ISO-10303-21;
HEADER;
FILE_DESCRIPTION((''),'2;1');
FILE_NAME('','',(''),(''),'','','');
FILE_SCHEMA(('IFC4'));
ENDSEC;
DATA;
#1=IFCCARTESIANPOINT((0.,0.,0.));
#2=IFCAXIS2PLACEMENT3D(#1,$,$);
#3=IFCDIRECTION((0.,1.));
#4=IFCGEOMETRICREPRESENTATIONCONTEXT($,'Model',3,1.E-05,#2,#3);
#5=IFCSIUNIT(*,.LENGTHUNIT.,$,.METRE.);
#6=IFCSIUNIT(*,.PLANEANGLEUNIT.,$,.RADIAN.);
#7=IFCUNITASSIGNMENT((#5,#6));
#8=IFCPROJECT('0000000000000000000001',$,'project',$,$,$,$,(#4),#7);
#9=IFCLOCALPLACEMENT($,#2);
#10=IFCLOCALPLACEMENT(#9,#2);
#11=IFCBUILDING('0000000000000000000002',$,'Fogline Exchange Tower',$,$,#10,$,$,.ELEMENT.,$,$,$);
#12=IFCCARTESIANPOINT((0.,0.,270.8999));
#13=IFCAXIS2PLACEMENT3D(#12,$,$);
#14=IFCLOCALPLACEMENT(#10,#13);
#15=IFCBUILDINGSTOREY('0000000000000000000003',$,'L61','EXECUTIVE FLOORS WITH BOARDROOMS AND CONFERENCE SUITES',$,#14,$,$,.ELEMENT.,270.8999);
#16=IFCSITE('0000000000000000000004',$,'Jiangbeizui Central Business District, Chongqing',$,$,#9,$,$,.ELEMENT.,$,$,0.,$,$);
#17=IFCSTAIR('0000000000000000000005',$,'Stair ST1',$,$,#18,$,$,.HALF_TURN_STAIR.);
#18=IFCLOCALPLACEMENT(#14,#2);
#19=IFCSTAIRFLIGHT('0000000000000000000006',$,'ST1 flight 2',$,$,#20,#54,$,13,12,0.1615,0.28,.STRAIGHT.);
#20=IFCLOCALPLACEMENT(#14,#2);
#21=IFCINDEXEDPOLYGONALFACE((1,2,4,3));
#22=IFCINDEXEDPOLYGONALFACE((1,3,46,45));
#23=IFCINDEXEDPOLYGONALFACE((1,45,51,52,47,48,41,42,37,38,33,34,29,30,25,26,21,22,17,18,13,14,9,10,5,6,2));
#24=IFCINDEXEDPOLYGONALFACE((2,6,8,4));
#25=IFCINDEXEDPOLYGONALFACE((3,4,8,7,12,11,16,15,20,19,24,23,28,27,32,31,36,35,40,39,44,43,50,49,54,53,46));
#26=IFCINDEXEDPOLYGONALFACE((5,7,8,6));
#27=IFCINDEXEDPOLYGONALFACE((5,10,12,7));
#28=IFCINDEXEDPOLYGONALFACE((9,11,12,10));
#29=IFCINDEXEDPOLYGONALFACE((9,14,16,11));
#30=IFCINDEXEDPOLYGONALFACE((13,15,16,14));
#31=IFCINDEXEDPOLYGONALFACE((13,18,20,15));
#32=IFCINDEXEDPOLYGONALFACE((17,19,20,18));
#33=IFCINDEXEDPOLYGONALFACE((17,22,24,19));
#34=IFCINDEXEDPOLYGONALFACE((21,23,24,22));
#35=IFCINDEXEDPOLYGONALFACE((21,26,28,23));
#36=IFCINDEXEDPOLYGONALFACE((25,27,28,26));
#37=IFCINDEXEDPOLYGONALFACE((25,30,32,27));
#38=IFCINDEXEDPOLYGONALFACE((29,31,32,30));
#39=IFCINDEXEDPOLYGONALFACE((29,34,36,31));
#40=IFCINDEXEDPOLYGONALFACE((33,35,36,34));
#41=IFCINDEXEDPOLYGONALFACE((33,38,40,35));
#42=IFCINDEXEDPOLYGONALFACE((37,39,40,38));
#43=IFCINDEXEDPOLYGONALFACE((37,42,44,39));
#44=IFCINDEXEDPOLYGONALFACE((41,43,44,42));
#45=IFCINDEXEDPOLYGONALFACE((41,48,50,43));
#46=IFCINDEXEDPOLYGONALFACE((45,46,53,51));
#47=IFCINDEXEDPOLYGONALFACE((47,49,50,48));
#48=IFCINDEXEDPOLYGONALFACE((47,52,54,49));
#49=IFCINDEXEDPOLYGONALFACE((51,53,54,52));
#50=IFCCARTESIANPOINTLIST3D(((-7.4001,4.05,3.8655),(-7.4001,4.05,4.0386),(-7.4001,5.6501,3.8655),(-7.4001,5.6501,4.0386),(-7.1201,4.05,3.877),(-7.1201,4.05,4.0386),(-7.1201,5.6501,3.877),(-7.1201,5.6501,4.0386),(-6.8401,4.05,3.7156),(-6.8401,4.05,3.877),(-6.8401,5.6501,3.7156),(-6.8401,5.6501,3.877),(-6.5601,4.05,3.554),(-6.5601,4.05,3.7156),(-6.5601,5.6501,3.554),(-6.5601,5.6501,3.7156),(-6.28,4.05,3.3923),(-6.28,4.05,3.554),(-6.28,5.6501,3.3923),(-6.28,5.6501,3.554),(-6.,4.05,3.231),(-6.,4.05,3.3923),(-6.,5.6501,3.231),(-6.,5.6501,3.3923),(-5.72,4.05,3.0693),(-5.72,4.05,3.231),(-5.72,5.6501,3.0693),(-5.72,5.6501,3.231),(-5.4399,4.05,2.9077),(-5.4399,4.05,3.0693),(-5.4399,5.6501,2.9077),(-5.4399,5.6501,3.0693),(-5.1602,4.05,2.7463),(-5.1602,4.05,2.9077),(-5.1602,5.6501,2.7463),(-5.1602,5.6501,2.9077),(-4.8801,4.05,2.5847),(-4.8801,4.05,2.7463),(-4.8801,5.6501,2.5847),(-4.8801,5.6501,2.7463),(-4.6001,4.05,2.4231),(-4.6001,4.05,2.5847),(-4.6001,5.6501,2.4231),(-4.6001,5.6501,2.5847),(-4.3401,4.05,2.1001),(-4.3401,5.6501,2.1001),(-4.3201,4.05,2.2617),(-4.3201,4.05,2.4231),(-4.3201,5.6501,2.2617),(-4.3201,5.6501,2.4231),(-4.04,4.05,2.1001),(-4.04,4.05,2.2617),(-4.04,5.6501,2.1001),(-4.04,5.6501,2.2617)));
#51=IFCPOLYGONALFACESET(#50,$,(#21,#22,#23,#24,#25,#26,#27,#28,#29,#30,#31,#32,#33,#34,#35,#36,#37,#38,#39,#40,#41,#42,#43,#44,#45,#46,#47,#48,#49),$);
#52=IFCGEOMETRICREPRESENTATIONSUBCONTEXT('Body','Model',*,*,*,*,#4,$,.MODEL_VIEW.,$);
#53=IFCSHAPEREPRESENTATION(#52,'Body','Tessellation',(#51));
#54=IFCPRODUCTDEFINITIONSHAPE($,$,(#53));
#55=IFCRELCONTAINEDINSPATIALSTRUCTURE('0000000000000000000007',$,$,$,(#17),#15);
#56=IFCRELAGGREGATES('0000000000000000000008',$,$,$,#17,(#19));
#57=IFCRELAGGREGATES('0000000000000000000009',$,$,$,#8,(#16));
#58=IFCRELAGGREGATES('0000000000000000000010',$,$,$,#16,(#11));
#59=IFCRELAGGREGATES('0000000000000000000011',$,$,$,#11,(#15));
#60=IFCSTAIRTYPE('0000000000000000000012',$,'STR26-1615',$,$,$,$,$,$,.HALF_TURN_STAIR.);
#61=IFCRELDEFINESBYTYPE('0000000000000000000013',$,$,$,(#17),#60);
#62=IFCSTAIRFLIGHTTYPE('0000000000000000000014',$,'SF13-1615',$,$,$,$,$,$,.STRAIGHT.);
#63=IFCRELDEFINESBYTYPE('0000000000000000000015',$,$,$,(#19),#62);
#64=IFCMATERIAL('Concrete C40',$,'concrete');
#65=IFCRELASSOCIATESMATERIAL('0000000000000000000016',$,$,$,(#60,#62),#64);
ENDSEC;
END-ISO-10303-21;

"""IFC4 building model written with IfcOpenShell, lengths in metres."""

from ifc_helpers import new_model, si_unit, direction, frame, origin, place, context, subcontext, project, spatial, polyline, outline, extrude, material, type_object, element, aggregate, save


model = new_model("IFC4")

# Units and contexts
model_context = context("Model", 3, precision=1e-05, world=origin(), true_north=direction((0.0, 1.0)))
body_context = subcontext(model_context, "Body", "Model", "MODEL_VIEW")
ifc_project = project(units=[si_unit("LENGTHUNIT", "METRE"), si_unit("PLANEANGLEUNIT", "RADIAN")], contexts=[model_context])

# Site, building, storey
site_placement = place(None, origin())
site = spatial("IfcSite", under=ifc_project, at=site_placement, Name="Jiangbeizui Central Business District, Chongqing", CompositionType="ELEMENT", RefElevation=0.0)
building_placement = place(site_placement, origin())
building = spatial("IfcBuilding", under=site, at=building_placement, Name="Fogline Exchange Tower", CompositionType="ELEMENT")
storey_placement = place(building_placement, frame((0.0, 0.0, 270.8999)))
storey = spatial("IfcBuildingStorey", under=building, at=storey_placement, Name="L61", Description="EXECUTIVE FLOORS WITH BOARDROOMS AND CONFERENCE SUITES", CompositionType="ELEMENT", Elevation=270.8999)

# Shared definitions
ifc_material_1 = material(Name="Concrete C40", Category="concrete")

# Stair, stair flight
stair_type = type_object("IfcStairType", Name="STR26-1615", PredefinedType="HALF_TURN_STAIR", material=ifc_material_1)
stair_placement = place(storey_placement, origin())
stair = element("IfcStair", 1, at=stair_placement, inside=storey, type_object=stair_type, Name="Stair ST1", PredefinedType="HALF_TURN_STAIR")
stair_flight_type = type_object("IfcStairFlightType", Name="SF13-1615", PredefinedType="STRAIGHT", material=ifc_material_1)
stair_flight_1_placement = place(storey_placement, frame((-4.04, 4.8501, 2.1001), z_axis=(0.0, 0.0, 1.0), x_axis=(-1.0, 0.0, 0.0)))
stair_flight_1 = element("IfcStairFlight", 2, at=stair_flight_1_placement, type_object=stair_flight_type, Name="ST1 flight 2", NumberOfRisers=13, NumberOfTreads=12, PredefinedType="STRAIGHT", RiserHeight=0.1615, TreadLength=0.28, context=body_context, shape_type="SweptSolid", body=[
    extrude(outline(polyline([(0.0, 0.0), (0.0, 0.1616), (0.28, 0.1616), (0.28, 0.323), (0.5601, 0.323), (0.5601, 0.4846), (0.8401, 0.4846), (0.8401, 0.6462), (1.1201, 0.6462), (1.1201, 0.8076), (1.3999, 0.8076), (1.3999, 0.9692), (1.6799, 0.9692), (1.6799, 1.1309), (1.96, 1.1309), (1.96, 1.2922), (2.24, 1.2922), (2.24, 1.4539), (2.52, 1.4539), (2.52, 1.6155), (2.8, 1.6155), (2.8, 1.7769), (3.0801, 1.7769), (3.0801, 1.9385), (3.3601, 1.9385), (3.3601, 2.1001), (3.3601, 1.7654), (0.3, 0.0), (0.0, 0.0)])), frame((0.0, 0.8, 0.0), z_axis=(0.0, -1.0, 0.0), x_axis=(1.0, 0.0, 0.0)), (0.0, 0.0, 1.0), 1.6001),
])
aggregate(stair, [stair_flight_1])

save(model, "model.ifc")
